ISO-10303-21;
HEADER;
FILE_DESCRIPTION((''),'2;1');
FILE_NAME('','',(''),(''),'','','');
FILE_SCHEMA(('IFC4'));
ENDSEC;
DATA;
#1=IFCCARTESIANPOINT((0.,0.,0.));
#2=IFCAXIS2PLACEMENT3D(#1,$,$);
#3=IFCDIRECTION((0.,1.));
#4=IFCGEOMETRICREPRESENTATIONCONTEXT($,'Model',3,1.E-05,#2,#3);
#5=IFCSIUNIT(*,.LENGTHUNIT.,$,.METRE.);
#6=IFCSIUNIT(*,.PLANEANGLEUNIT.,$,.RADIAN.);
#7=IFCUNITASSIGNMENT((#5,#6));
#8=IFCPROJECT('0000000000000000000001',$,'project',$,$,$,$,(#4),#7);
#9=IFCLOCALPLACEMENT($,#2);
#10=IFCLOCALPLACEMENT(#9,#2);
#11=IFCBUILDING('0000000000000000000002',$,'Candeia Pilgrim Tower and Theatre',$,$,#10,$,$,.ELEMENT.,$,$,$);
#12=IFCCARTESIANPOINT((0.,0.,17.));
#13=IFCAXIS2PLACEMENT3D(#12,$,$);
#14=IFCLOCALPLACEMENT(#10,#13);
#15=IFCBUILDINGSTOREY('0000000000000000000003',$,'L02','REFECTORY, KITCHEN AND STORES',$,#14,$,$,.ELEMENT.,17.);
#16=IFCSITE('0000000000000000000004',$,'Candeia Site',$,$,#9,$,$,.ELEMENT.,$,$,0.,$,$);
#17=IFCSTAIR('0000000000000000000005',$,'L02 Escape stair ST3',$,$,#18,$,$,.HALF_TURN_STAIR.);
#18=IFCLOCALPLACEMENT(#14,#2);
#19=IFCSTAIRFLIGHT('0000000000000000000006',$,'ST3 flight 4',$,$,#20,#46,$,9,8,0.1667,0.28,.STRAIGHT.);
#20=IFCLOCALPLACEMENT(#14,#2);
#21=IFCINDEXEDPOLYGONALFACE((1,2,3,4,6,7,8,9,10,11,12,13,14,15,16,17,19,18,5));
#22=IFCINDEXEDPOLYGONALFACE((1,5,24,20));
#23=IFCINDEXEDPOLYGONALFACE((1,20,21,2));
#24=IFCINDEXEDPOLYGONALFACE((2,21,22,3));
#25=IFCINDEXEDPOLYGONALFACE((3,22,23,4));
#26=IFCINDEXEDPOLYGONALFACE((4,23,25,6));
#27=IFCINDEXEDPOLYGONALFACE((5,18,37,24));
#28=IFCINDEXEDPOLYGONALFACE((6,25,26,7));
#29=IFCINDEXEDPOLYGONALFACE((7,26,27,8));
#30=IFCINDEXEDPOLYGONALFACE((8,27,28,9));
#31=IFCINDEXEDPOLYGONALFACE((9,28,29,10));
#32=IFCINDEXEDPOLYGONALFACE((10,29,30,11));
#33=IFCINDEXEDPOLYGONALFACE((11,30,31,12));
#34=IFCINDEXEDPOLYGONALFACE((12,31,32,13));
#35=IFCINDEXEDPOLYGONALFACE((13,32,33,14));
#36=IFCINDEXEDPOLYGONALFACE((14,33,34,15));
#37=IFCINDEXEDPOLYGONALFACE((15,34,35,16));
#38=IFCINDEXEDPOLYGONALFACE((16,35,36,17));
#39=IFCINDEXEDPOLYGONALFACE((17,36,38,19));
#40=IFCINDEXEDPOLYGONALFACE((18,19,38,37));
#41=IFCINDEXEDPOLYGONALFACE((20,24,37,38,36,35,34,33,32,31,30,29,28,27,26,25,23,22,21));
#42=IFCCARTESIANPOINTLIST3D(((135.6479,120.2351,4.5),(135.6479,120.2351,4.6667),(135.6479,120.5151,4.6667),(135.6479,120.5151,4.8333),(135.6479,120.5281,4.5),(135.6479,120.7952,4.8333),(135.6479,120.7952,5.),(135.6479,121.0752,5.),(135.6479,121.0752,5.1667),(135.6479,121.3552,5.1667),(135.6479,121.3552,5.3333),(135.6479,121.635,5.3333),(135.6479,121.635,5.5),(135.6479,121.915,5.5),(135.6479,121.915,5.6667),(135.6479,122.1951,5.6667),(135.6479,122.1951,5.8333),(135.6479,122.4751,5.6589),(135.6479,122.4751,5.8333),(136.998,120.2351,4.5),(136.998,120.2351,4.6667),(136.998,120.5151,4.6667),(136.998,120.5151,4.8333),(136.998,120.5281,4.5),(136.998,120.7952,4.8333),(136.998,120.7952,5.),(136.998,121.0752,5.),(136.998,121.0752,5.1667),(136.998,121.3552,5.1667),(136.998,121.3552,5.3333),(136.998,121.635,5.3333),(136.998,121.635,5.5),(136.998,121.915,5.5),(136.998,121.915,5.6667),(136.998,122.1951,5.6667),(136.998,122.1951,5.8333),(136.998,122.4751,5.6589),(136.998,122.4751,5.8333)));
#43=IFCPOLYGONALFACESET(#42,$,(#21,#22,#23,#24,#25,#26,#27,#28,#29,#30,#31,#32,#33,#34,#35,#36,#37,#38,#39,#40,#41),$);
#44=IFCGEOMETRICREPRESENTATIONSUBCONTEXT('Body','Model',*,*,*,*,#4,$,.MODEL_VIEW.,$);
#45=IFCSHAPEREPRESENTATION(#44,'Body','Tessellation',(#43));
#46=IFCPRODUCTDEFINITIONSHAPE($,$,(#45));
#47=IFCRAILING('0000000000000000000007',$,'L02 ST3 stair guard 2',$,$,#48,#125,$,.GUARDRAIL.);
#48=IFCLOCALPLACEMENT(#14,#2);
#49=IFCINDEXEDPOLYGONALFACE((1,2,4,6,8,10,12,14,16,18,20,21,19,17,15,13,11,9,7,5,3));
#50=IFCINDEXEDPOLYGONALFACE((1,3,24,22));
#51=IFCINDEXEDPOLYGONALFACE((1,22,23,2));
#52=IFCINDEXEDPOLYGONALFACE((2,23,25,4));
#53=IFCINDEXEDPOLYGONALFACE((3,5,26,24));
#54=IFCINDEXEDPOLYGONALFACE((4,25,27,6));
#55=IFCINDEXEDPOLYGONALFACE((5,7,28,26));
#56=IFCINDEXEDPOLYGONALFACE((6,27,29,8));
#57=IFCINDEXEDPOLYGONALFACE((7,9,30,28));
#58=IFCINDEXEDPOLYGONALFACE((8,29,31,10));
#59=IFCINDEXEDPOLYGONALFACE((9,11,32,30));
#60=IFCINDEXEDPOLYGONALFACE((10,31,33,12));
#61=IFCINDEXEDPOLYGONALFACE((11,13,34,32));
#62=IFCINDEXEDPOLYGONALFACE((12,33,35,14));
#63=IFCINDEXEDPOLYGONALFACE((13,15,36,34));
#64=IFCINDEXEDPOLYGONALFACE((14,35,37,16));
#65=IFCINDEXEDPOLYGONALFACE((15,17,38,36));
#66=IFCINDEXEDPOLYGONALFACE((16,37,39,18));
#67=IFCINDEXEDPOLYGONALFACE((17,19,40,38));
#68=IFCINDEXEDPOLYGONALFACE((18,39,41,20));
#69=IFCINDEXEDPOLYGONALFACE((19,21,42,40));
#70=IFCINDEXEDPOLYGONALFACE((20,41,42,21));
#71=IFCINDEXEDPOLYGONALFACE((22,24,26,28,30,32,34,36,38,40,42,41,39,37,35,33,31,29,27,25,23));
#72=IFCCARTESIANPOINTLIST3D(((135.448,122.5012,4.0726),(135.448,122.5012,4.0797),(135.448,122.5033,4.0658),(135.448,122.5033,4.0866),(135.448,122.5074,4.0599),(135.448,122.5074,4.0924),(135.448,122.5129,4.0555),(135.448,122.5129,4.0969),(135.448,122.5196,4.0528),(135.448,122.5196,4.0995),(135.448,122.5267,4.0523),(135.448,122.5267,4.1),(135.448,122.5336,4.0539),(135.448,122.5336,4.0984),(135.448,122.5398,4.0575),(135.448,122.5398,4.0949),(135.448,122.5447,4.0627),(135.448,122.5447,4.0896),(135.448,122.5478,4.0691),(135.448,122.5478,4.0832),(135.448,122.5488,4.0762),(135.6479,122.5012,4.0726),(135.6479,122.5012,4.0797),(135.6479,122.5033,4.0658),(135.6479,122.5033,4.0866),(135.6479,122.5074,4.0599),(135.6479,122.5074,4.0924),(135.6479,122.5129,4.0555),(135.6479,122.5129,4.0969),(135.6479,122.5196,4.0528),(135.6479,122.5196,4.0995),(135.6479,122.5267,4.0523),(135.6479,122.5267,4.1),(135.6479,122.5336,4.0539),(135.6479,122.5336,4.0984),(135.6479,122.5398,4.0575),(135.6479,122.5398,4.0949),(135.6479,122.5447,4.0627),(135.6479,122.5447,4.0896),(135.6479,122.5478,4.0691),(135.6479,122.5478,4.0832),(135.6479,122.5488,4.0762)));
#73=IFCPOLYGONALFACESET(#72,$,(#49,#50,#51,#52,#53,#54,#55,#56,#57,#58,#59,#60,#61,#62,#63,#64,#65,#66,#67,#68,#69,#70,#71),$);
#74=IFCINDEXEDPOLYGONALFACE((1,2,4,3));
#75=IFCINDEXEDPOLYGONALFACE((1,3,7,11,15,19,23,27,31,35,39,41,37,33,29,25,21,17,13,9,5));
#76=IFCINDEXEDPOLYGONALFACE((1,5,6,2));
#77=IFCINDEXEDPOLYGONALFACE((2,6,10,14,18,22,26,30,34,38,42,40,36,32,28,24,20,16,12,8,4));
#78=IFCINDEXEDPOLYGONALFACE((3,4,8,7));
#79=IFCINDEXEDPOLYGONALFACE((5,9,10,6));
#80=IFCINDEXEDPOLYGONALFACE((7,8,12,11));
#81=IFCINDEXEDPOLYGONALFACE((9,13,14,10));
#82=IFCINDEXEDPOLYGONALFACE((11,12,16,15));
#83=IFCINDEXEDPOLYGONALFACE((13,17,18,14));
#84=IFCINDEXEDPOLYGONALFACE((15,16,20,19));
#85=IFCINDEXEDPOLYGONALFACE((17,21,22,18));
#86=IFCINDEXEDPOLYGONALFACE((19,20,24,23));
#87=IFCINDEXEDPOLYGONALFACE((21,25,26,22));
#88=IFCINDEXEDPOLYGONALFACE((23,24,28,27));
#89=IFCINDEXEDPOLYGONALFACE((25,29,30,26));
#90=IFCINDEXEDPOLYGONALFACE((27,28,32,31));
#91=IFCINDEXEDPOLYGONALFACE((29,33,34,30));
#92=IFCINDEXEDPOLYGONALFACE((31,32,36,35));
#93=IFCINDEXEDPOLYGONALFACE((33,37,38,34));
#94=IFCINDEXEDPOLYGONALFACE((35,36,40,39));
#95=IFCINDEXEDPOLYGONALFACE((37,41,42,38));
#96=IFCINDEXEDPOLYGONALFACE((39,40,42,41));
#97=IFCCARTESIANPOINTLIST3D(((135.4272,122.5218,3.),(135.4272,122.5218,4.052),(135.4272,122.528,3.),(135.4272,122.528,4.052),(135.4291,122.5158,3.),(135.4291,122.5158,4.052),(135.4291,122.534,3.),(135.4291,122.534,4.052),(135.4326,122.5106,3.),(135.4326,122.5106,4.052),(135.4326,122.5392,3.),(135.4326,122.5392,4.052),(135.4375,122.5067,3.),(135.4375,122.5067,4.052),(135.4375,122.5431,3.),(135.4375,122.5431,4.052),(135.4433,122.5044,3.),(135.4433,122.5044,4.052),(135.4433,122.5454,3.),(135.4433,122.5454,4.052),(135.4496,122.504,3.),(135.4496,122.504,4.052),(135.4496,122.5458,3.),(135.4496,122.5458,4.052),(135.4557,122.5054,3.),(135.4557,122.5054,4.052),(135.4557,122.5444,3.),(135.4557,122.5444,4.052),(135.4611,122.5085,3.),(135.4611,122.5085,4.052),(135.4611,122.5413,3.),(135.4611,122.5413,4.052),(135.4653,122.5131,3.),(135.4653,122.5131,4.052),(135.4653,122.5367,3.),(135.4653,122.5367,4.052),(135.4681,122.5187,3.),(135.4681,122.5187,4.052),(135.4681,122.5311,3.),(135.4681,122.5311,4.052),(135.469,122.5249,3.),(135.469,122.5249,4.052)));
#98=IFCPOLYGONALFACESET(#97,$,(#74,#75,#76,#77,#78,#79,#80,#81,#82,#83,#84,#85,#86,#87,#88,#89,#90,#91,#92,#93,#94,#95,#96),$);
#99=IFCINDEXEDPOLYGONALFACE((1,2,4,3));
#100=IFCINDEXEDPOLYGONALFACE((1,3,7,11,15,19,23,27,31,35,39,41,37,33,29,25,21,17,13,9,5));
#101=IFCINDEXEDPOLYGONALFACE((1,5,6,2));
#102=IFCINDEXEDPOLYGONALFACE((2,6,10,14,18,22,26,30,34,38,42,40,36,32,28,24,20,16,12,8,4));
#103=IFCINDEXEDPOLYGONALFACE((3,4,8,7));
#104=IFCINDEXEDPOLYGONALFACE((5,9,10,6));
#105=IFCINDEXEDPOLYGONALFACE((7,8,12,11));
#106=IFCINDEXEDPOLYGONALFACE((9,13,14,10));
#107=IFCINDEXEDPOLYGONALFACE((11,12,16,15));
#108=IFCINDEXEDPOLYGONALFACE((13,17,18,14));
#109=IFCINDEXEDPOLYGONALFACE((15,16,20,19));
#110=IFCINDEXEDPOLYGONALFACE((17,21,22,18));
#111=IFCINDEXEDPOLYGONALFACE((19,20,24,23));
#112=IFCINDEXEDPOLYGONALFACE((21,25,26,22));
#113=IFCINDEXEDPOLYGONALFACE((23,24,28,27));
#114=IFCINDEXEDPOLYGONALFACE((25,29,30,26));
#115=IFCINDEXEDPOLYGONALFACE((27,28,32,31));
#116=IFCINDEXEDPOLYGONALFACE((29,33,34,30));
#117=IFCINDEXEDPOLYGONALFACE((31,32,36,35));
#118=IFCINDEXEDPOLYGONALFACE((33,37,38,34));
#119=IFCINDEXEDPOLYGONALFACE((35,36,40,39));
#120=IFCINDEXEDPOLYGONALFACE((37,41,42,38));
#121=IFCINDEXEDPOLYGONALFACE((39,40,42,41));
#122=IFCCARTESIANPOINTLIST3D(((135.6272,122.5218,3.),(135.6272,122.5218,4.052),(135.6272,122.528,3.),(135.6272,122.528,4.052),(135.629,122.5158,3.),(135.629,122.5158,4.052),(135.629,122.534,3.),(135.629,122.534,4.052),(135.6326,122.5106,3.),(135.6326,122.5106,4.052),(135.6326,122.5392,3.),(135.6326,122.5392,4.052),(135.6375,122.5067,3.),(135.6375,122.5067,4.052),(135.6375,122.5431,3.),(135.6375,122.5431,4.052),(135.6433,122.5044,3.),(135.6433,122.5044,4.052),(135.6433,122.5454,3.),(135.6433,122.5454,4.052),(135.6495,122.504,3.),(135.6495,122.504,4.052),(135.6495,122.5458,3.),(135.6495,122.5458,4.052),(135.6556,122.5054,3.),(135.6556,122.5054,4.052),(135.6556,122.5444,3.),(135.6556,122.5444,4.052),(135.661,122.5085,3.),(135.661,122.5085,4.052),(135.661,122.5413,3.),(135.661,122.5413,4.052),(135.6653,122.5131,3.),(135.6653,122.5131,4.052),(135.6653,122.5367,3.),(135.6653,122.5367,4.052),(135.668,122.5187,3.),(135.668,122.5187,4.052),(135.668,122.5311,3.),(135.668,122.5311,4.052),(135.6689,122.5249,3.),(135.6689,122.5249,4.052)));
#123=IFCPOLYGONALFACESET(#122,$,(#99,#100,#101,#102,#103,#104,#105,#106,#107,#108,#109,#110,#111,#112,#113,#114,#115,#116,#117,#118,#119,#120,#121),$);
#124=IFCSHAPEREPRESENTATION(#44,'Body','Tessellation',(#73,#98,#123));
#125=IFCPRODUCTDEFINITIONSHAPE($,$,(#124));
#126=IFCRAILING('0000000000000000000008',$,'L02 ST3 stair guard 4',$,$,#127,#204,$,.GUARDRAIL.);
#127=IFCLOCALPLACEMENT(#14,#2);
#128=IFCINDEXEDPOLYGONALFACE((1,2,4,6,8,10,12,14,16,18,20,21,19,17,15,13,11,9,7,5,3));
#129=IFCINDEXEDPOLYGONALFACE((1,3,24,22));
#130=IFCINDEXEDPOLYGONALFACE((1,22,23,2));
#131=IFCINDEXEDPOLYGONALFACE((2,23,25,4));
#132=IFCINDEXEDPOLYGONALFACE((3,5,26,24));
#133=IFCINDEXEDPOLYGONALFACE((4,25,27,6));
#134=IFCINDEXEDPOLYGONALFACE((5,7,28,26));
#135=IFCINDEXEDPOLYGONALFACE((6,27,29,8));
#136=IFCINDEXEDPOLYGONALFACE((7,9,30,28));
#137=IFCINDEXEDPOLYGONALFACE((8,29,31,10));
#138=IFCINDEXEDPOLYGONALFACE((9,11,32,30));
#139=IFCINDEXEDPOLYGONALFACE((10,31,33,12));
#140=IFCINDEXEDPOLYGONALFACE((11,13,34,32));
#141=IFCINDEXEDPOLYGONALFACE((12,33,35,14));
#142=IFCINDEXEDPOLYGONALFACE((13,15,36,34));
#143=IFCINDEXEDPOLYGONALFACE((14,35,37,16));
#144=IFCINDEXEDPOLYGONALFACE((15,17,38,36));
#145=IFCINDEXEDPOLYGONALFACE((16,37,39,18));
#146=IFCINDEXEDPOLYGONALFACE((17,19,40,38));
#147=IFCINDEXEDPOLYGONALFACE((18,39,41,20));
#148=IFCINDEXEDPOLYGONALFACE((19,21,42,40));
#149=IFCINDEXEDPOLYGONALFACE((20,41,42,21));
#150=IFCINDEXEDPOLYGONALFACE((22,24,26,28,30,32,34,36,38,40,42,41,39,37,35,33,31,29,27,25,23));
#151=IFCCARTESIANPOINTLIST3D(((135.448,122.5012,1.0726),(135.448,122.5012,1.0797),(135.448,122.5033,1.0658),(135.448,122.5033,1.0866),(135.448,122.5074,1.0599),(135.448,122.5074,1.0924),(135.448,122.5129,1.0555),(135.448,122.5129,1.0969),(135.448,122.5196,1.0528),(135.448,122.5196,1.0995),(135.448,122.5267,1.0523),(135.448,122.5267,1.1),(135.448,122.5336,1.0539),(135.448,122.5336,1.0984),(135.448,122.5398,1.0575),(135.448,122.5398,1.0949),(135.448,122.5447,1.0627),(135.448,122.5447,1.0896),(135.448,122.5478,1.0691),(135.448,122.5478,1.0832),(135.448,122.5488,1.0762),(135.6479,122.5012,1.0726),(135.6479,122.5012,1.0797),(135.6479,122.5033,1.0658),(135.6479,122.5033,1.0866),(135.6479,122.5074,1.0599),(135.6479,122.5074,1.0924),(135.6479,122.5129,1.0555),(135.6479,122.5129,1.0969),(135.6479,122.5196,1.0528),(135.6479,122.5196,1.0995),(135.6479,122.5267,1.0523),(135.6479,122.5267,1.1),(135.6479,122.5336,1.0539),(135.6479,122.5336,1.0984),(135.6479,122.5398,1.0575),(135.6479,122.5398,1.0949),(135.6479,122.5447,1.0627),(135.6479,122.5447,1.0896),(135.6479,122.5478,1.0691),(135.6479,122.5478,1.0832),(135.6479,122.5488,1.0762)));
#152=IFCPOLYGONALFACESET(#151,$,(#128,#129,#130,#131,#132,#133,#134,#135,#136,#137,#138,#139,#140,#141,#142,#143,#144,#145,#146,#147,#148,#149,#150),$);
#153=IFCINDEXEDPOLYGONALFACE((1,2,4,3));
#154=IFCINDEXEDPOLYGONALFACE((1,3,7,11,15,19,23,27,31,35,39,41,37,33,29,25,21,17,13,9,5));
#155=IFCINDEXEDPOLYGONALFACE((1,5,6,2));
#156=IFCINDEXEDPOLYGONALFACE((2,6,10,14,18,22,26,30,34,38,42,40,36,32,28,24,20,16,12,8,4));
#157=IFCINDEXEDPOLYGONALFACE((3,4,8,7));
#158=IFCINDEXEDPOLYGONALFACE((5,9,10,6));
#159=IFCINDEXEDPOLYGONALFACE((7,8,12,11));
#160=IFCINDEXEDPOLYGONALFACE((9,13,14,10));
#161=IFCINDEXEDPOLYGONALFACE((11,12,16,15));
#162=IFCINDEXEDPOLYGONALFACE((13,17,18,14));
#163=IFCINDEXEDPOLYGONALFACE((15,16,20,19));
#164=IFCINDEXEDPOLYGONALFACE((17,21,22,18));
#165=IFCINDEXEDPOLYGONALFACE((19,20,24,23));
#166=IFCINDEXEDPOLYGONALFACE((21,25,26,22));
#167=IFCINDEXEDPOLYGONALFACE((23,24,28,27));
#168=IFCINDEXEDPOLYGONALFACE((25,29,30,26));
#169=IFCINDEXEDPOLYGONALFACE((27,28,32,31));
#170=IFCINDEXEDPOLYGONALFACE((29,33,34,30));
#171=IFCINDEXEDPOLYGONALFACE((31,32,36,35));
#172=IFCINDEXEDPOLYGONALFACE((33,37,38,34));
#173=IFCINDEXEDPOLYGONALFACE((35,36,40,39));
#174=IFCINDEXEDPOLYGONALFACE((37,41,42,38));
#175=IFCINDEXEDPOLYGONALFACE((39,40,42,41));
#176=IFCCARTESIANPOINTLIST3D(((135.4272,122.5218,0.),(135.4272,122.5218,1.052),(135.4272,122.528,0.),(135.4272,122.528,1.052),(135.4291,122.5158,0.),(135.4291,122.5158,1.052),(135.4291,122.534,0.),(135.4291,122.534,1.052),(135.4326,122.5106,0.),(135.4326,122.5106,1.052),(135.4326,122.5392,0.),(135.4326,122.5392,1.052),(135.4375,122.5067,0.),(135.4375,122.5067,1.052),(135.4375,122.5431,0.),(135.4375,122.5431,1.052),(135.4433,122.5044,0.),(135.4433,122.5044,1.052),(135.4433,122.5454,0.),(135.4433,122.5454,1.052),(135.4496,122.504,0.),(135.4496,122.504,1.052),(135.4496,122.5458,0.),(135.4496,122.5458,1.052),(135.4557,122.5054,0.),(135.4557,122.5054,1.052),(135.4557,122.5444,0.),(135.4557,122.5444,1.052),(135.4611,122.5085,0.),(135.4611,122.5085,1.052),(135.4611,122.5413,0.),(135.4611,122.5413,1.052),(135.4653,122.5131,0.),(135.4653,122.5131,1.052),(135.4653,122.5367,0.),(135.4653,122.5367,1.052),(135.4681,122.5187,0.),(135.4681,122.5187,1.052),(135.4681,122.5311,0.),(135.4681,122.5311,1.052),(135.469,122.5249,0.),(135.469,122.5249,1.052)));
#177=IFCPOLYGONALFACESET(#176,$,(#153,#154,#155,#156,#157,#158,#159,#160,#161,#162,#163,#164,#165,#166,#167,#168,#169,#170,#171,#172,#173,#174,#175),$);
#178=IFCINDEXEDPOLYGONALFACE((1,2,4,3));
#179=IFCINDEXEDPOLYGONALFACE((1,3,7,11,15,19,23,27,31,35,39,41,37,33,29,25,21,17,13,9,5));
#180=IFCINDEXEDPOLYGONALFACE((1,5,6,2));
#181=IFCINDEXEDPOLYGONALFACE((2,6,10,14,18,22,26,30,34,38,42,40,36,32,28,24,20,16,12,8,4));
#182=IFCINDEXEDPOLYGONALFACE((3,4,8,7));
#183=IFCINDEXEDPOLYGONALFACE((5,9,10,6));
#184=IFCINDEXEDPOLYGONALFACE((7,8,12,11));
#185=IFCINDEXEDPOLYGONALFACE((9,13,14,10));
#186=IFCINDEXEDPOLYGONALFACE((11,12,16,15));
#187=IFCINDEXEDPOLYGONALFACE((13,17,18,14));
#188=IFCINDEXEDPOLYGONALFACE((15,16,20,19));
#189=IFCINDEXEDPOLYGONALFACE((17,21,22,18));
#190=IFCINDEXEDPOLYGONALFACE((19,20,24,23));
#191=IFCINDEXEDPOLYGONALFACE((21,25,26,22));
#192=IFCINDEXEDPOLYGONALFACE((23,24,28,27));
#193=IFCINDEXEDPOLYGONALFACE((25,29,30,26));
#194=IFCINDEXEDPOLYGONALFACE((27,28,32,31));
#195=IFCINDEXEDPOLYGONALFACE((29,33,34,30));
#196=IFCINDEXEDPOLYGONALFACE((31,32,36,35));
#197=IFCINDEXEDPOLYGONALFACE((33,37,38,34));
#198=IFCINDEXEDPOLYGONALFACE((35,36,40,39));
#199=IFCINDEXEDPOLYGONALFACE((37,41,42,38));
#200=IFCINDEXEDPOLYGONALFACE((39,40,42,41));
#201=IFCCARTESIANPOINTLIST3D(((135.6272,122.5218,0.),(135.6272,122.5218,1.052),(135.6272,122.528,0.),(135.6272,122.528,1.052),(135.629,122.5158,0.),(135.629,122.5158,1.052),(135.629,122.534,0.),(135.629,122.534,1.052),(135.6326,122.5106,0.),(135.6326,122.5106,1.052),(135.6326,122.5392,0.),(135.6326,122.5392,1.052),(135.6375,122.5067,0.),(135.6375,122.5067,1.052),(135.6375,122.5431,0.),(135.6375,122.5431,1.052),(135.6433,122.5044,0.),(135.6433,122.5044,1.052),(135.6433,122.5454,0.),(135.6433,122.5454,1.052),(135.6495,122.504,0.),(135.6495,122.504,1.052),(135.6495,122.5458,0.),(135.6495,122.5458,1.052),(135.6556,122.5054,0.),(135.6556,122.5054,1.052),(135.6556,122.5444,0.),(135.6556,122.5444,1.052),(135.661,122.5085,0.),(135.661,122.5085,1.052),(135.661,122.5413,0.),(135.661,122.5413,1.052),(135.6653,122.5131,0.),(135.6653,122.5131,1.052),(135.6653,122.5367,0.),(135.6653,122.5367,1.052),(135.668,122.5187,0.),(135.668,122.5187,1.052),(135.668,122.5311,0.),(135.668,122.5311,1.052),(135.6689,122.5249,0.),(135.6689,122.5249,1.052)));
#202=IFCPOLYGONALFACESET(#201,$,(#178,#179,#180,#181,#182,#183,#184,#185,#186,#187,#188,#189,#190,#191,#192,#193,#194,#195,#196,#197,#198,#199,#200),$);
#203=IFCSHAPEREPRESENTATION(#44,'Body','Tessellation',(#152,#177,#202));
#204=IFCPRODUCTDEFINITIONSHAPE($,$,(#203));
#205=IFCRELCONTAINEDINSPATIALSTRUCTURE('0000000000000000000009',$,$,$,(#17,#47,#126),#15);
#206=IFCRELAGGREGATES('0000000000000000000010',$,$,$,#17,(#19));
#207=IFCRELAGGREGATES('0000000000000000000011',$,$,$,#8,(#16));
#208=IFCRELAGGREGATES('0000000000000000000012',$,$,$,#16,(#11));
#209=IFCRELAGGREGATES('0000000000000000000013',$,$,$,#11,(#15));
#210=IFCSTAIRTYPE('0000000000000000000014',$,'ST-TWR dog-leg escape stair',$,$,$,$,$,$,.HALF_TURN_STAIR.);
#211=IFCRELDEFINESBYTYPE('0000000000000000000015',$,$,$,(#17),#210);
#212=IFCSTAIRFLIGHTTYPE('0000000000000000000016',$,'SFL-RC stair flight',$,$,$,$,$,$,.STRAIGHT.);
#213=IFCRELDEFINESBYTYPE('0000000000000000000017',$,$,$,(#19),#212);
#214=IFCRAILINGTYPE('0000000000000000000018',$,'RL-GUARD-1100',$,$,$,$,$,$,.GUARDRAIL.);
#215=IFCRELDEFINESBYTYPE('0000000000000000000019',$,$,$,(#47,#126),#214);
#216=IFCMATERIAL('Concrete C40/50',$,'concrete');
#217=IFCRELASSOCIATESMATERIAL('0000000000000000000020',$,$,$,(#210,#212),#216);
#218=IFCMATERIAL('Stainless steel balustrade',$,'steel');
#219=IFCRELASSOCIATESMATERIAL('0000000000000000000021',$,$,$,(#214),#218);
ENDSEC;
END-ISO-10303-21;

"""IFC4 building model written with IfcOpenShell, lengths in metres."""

from ifc_helpers import new_model, si_unit, direction, frame, origin, origin_2d, place, context, subcontext, project, spatial, polyline, circle, outline, extrude, material, type_object, element, aggregate, save


model = new_model("IFC4")

# Units and contexts
model_context = context("Model", 3, precision=1e-05, world=origin(), true_north=direction((0.0, 1.0)))
body_context = subcontext(model_context, "Body", "Model", "MODEL_VIEW")
ifc_project = project(units=[si_unit("LENGTHUNIT", "METRE"), si_unit("PLANEANGLEUNIT", "RADIAN")], contexts=[model_context])

# Site, building, storey
site_placement = place(None, origin())
site = spatial("IfcSite", under=ifc_project, at=site_placement, Name="Candeia Site", CompositionType="ELEMENT", RefElevation=0.0)
building_placement = place(site_placement, origin())
building = spatial("IfcBuilding", under=site, at=building_placement, Name="Candeia Pilgrim Tower and Theatre", CompositionType="ELEMENT")
storey_placement = place(building_placement, frame((0.0, 0.0, 17.0)))
storey = spatial("IfcBuildingStorey", under=building, at=storey_placement, Name="L02", Description="REFECTORY, KITCHEN AND STORES", CompositionType="ELEMENT", Elevation=17.0)

# Shared definitions
ifc_material_1 = material(Name="Concrete C40/50", Category="concrete")

# Stair, stair flight
stair_type = type_object("IfcStairType", Name="ST-TWR dog-leg escape stair", PredefinedType="HALF_TURN_STAIR", material=ifc_material_1)
stair_placement = place(storey_placement, origin())
stair = element("IfcStair", 1, at=stair_placement, inside=storey, type_object=stair_type, Name="L02 Escape stair ST3", PredefinedType="HALF_TURN_STAIR")
stair_flight_type = type_object("IfcStairFlightType", Name="SFL-RC stair flight", PredefinedType="STRAIGHT", material=ifc_material_1)
stair_flight_1_placement = place(storey_placement, frame((136.323, 120.2351, 4.5), z_axis=(0.0, 0.0, 1.0), x_axis=(0.0, 1.0, 0.0)))
stair_flight_1 = element("IfcStairFlight", 2, at=stair_flight_1_placement, type_object=stair_flight_type, Name="ST3 flight 4", NumberOfRisers=9, NumberOfTreads=8, PredefinedType="STRAIGHT", RiserHeight=0.1667, TreadLength=0.28, context=body_context, shape_type="SweptSolid", body=[
    extrude(outline(polyline([(0.0, 0.0), (0.0, 0.1667), (0.28, 0.1667), (0.28, 0.3333), (0.5601, 0.3333), (0.5601, 0.5), (0.8401, 0.5), (0.8401, 0.6667), (1.1201, 0.6667), (1.1201, 0.8333), (1.3999, 0.8333), (1.3999, 1.0), (1.6799, 1.0), (1.6799, 1.1667), (1.96, 1.1667), (1.96, 1.3333), (2.24, 1.3333), (2.24, 1.5), (2.24, 1.1589), (0.293, 0.0), (0.0, 0.0)])), frame((0.0, 0.675, 0.0), z_axis=(0.0, -1.0, 0.0), x_axis=(1.0, 0.0, 0.0)), (0.0, 0.0, 1.0), 1.3501),
])
aggregate(stair, [stair_flight_1])

# Railings
ifc_material_2 = material(Name="Stainless steel balustrade", Category="steel")
railing_type_1 = type_object("IfcRailingType", Name="RL-GUARD-1100", PredefinedType="GUARDRAIL", material=ifc_material_2)
railing_1_placement = place(storey_placement, frame((135.448, 122.5249, 3.0)))
element("IfcRailing", 3, at=railing_1_placement, inside=storey, type_object=railing_type_1, Name="L02 ST3 stair guard 2", PredefinedType="GUARDRAIL", context=body_context, shape_type="SweptSolid", body=[
    extrude(circle(Radius=0.0239, at=origin_2d()), frame((0.0, 0.0, 1.0762), z_axis=(1.0, 0.0, 0.0), x_axis=(0.0, 1.0, 0.0)), (0.0, 0.0, 1.0), 0.2),
    extrude(circle(Radius=0.021, at=origin_2d()), origin(), (0.0, 0.0, 1.0), 1.052),
    extrude(circle(Radius=0.021, at=origin_2d()), frame((0.2, 0.0, 0.0)), (0.0, 0.0, 1.0), 1.052),
])
railing_2_placement = place(storey_placement, frame((135.448, 122.5249, 0.0)))
element("IfcRailing", 4, at=railing_2_placement, inside=storey, type_object=railing_type_1, Name="L02 ST3 stair guard 4", PredefinedType="GUARDRAIL", context=body_context, shape_type="SweptSolid", body=[
    extrude(circle(Radius=0.0239, at=origin_2d()), frame((0.0, 0.0, 1.0762), z_axis=(1.0, 0.0, 0.0), x_axis=(0.0, 1.0, 0.0)), (0.0, 0.0, 1.0), 0.2),
    extrude(circle(Radius=0.021, at=origin_2d()), origin(), (0.0, 0.0, 1.0), 1.052),
    extrude(circle(Radius=0.021, at=origin_2d()), frame((0.2, 0.0, 0.0)), (0.0, 0.0, 1.0), 1.052),
])

save(model, "model.ifc")
